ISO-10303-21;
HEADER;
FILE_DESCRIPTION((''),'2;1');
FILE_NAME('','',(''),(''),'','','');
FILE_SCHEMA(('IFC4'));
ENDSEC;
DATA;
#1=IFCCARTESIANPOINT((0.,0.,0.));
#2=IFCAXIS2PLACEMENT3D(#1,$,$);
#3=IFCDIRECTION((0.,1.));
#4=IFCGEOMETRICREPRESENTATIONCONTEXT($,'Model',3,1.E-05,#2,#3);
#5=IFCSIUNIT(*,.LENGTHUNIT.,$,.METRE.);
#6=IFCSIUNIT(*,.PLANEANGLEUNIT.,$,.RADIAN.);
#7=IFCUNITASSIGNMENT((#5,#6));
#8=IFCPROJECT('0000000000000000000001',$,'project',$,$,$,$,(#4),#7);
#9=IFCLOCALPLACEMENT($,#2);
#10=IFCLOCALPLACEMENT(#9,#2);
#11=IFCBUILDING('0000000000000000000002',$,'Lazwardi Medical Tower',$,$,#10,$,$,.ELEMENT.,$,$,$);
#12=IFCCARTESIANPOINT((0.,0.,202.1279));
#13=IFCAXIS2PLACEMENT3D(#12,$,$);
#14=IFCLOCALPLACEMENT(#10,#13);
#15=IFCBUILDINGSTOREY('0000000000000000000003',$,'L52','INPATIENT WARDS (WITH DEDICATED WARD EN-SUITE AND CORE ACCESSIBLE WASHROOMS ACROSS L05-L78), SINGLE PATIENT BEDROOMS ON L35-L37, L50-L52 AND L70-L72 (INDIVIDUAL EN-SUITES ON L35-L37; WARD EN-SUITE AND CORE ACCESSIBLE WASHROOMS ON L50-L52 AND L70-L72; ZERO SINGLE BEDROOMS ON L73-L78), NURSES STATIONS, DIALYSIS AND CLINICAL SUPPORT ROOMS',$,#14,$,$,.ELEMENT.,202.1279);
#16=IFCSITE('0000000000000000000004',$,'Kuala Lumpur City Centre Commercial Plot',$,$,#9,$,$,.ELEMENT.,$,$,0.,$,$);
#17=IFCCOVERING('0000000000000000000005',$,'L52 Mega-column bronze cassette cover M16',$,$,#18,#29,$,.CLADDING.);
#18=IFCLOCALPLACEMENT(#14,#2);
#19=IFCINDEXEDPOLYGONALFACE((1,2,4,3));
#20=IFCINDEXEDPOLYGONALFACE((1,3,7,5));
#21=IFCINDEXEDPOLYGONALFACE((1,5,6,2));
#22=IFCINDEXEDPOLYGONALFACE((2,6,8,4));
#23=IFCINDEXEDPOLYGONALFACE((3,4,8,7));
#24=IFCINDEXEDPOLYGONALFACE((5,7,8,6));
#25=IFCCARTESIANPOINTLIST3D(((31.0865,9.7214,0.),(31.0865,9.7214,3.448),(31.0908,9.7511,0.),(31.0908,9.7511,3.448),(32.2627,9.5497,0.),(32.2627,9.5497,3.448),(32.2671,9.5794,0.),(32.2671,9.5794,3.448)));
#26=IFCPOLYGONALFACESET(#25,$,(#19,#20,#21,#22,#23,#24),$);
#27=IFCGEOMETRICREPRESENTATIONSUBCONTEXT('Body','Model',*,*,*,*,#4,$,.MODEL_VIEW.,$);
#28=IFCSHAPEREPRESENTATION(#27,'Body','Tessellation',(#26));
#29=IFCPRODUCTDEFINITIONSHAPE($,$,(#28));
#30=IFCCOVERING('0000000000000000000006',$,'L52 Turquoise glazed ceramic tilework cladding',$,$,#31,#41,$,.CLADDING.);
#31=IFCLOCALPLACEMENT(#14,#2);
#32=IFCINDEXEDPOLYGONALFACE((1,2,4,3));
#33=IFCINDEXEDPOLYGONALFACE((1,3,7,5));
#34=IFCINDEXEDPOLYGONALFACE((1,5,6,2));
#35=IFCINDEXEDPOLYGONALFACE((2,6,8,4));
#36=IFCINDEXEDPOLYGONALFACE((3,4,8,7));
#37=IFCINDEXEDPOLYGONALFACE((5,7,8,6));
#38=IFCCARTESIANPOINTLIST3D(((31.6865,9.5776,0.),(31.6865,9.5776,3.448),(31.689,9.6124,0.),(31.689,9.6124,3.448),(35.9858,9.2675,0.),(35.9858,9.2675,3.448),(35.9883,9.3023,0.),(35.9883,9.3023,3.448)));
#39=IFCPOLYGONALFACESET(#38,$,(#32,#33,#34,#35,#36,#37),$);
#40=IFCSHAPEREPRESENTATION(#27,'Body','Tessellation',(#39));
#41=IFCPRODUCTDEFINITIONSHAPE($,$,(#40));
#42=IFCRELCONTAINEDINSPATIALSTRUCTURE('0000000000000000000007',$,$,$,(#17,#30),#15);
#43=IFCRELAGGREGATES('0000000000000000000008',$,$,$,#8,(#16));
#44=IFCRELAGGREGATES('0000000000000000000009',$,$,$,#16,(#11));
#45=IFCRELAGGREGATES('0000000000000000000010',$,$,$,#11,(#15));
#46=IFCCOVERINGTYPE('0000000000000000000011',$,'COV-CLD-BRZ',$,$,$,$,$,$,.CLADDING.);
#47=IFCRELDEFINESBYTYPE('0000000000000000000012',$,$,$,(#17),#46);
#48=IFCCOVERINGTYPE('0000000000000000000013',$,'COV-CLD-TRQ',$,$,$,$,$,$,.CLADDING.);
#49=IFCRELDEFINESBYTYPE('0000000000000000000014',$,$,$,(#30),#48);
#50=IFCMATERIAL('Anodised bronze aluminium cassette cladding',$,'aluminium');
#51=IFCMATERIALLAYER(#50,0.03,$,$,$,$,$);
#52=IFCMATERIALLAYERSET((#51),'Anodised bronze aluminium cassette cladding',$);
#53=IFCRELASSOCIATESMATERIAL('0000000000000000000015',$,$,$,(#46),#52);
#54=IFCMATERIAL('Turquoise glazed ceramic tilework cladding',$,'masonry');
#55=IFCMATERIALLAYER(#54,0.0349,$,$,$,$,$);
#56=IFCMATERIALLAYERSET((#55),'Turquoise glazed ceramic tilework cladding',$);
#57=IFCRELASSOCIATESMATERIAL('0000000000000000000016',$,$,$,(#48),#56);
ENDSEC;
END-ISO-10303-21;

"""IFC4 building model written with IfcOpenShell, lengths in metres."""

from ifc_helpers import new_model, si_unit, direction, frame, origin, origin_2d, place, context, subcontext, project, spatial, rectangle, extrude, material, layer, layer_set, type_object, element, save


model = new_model("IFC4")

# Units and contexts
model_context = context("Model", 3, precision=1e-05, world=origin(), true_north=direction((0.0, 1.0)))
body_context = subcontext(model_context, "Body", "Model", "MODEL_VIEW")
ifc_project = project(units=[si_unit("LENGTHUNIT", "METRE"), si_unit("PLANEANGLEUNIT", "RADIAN")], contexts=[model_context])

# Site, building, storey
site_placement = place(None, origin())
site = spatial("IfcSite", under=ifc_project, at=site_placement, Name="Kuala Lumpur City Centre Commercial Plot", CompositionType="ELEMENT", RefElevation=0.0)
building_placement = place(site_placement, origin())
building = spatial("IfcBuilding", under=site, at=building_placement, Name="Lazwardi Medical Tower", CompositionType="ELEMENT")
storey_placement = place(building_placement, frame((0.0, 0.0, 202.1279)))
storey = spatial("IfcBuildingStorey", under=building, at=storey_placement, Name="L52", Description="INPATIENT WARDS (WITH DEDICATED WARD EN-SUITE AND CORE ACCESSIBLE WASHROOMS ACROSS L05-L78), SINGLE PATIENT BEDROOMS ON L35-L37, L50-L52 AND L70-L72 (INDIVIDUAL EN-SUITES ON L35-L37; WARD EN-SUITE AND CORE ACCESSIBLE WASHROOMS ON L50-L52 AND L70-L72; ZERO SINGLE BEDROOMS ON L73-L78), NURSES STATIONS, DIALYSIS AND CLINICAL SUPPORT ROOMS", CompositionType="ELEMENT", Elevation=202.1279)

# Coverings
ifc_material_1 = material(Name="Anodised bronze aluminium cassette cladding", Category="aluminium")
ifc_layer_1 = layer(ifc_material_1, 0.03)
ifc_layer_set_1 = layer_set([ifc_layer_1], Name="Anodised bronze aluminium cassette cladding")
covering_type_1 = type_object("IfcCoveringType", Name="COV-CLD-BRZ", PredefinedType="CLADDING", material=ifc_layer_set_1)
covering_1_placement = place(storey_placement, frame((31.6768, 9.6504, 0.0), z_axis=(0.0, 0.0, 1.0), x_axis=(0.989512, -0.144448, 0.0)))
element("IfcCovering", 1, at=covering_1_placement, inside=storey, type_object=covering_type_1, Name="L52 Mega-column bronze cassette cover M16", PredefinedType="CLADDING", context=body_context, shape_type="SweptSolid", body=[
    extrude(rectangle(XDim=1.1887, YDim=0.03, at=origin_2d()), origin(), (0.0, 0.0, 1.0), 3.448),
])
ifc_material_2 = material(Name="Turquoise glazed ceramic tilework cladding", Category="masonry")
ifc_layer_2 = layer(ifc_material_2, 0.0349)
ifc_layer_set_2 = layer_set([ifc_layer_2], Name="Turquoise glazed ceramic tilework cladding")
covering_type_2 = type_object("IfcCoveringType", Name="COV-CLD-TRQ", PredefinedType="CLADDING", material=ifc_layer_set_2)
covering_2_placement = place(storey_placement, frame((33.8374, 9.4399, 0.0), z_axis=(0.0, 0.0, 1.0), x_axis=(0.997409, -0.07194, 0.0)))
element("IfcCovering", 2, at=covering_2_placement, inside=storey, type_object=covering_type_2, Name="L52 Turquoise glazed ceramic tilework cladding", PredefinedType="CLADDING", context=body_context, shape_type="SweptSolid", body=[
    extrude(rectangle(XDim=4.3105, YDim=0.0349, at=origin_2d()), origin(), (0.0, 0.0, 1.0), 3.448),
])

save(model, "model.ifc")
